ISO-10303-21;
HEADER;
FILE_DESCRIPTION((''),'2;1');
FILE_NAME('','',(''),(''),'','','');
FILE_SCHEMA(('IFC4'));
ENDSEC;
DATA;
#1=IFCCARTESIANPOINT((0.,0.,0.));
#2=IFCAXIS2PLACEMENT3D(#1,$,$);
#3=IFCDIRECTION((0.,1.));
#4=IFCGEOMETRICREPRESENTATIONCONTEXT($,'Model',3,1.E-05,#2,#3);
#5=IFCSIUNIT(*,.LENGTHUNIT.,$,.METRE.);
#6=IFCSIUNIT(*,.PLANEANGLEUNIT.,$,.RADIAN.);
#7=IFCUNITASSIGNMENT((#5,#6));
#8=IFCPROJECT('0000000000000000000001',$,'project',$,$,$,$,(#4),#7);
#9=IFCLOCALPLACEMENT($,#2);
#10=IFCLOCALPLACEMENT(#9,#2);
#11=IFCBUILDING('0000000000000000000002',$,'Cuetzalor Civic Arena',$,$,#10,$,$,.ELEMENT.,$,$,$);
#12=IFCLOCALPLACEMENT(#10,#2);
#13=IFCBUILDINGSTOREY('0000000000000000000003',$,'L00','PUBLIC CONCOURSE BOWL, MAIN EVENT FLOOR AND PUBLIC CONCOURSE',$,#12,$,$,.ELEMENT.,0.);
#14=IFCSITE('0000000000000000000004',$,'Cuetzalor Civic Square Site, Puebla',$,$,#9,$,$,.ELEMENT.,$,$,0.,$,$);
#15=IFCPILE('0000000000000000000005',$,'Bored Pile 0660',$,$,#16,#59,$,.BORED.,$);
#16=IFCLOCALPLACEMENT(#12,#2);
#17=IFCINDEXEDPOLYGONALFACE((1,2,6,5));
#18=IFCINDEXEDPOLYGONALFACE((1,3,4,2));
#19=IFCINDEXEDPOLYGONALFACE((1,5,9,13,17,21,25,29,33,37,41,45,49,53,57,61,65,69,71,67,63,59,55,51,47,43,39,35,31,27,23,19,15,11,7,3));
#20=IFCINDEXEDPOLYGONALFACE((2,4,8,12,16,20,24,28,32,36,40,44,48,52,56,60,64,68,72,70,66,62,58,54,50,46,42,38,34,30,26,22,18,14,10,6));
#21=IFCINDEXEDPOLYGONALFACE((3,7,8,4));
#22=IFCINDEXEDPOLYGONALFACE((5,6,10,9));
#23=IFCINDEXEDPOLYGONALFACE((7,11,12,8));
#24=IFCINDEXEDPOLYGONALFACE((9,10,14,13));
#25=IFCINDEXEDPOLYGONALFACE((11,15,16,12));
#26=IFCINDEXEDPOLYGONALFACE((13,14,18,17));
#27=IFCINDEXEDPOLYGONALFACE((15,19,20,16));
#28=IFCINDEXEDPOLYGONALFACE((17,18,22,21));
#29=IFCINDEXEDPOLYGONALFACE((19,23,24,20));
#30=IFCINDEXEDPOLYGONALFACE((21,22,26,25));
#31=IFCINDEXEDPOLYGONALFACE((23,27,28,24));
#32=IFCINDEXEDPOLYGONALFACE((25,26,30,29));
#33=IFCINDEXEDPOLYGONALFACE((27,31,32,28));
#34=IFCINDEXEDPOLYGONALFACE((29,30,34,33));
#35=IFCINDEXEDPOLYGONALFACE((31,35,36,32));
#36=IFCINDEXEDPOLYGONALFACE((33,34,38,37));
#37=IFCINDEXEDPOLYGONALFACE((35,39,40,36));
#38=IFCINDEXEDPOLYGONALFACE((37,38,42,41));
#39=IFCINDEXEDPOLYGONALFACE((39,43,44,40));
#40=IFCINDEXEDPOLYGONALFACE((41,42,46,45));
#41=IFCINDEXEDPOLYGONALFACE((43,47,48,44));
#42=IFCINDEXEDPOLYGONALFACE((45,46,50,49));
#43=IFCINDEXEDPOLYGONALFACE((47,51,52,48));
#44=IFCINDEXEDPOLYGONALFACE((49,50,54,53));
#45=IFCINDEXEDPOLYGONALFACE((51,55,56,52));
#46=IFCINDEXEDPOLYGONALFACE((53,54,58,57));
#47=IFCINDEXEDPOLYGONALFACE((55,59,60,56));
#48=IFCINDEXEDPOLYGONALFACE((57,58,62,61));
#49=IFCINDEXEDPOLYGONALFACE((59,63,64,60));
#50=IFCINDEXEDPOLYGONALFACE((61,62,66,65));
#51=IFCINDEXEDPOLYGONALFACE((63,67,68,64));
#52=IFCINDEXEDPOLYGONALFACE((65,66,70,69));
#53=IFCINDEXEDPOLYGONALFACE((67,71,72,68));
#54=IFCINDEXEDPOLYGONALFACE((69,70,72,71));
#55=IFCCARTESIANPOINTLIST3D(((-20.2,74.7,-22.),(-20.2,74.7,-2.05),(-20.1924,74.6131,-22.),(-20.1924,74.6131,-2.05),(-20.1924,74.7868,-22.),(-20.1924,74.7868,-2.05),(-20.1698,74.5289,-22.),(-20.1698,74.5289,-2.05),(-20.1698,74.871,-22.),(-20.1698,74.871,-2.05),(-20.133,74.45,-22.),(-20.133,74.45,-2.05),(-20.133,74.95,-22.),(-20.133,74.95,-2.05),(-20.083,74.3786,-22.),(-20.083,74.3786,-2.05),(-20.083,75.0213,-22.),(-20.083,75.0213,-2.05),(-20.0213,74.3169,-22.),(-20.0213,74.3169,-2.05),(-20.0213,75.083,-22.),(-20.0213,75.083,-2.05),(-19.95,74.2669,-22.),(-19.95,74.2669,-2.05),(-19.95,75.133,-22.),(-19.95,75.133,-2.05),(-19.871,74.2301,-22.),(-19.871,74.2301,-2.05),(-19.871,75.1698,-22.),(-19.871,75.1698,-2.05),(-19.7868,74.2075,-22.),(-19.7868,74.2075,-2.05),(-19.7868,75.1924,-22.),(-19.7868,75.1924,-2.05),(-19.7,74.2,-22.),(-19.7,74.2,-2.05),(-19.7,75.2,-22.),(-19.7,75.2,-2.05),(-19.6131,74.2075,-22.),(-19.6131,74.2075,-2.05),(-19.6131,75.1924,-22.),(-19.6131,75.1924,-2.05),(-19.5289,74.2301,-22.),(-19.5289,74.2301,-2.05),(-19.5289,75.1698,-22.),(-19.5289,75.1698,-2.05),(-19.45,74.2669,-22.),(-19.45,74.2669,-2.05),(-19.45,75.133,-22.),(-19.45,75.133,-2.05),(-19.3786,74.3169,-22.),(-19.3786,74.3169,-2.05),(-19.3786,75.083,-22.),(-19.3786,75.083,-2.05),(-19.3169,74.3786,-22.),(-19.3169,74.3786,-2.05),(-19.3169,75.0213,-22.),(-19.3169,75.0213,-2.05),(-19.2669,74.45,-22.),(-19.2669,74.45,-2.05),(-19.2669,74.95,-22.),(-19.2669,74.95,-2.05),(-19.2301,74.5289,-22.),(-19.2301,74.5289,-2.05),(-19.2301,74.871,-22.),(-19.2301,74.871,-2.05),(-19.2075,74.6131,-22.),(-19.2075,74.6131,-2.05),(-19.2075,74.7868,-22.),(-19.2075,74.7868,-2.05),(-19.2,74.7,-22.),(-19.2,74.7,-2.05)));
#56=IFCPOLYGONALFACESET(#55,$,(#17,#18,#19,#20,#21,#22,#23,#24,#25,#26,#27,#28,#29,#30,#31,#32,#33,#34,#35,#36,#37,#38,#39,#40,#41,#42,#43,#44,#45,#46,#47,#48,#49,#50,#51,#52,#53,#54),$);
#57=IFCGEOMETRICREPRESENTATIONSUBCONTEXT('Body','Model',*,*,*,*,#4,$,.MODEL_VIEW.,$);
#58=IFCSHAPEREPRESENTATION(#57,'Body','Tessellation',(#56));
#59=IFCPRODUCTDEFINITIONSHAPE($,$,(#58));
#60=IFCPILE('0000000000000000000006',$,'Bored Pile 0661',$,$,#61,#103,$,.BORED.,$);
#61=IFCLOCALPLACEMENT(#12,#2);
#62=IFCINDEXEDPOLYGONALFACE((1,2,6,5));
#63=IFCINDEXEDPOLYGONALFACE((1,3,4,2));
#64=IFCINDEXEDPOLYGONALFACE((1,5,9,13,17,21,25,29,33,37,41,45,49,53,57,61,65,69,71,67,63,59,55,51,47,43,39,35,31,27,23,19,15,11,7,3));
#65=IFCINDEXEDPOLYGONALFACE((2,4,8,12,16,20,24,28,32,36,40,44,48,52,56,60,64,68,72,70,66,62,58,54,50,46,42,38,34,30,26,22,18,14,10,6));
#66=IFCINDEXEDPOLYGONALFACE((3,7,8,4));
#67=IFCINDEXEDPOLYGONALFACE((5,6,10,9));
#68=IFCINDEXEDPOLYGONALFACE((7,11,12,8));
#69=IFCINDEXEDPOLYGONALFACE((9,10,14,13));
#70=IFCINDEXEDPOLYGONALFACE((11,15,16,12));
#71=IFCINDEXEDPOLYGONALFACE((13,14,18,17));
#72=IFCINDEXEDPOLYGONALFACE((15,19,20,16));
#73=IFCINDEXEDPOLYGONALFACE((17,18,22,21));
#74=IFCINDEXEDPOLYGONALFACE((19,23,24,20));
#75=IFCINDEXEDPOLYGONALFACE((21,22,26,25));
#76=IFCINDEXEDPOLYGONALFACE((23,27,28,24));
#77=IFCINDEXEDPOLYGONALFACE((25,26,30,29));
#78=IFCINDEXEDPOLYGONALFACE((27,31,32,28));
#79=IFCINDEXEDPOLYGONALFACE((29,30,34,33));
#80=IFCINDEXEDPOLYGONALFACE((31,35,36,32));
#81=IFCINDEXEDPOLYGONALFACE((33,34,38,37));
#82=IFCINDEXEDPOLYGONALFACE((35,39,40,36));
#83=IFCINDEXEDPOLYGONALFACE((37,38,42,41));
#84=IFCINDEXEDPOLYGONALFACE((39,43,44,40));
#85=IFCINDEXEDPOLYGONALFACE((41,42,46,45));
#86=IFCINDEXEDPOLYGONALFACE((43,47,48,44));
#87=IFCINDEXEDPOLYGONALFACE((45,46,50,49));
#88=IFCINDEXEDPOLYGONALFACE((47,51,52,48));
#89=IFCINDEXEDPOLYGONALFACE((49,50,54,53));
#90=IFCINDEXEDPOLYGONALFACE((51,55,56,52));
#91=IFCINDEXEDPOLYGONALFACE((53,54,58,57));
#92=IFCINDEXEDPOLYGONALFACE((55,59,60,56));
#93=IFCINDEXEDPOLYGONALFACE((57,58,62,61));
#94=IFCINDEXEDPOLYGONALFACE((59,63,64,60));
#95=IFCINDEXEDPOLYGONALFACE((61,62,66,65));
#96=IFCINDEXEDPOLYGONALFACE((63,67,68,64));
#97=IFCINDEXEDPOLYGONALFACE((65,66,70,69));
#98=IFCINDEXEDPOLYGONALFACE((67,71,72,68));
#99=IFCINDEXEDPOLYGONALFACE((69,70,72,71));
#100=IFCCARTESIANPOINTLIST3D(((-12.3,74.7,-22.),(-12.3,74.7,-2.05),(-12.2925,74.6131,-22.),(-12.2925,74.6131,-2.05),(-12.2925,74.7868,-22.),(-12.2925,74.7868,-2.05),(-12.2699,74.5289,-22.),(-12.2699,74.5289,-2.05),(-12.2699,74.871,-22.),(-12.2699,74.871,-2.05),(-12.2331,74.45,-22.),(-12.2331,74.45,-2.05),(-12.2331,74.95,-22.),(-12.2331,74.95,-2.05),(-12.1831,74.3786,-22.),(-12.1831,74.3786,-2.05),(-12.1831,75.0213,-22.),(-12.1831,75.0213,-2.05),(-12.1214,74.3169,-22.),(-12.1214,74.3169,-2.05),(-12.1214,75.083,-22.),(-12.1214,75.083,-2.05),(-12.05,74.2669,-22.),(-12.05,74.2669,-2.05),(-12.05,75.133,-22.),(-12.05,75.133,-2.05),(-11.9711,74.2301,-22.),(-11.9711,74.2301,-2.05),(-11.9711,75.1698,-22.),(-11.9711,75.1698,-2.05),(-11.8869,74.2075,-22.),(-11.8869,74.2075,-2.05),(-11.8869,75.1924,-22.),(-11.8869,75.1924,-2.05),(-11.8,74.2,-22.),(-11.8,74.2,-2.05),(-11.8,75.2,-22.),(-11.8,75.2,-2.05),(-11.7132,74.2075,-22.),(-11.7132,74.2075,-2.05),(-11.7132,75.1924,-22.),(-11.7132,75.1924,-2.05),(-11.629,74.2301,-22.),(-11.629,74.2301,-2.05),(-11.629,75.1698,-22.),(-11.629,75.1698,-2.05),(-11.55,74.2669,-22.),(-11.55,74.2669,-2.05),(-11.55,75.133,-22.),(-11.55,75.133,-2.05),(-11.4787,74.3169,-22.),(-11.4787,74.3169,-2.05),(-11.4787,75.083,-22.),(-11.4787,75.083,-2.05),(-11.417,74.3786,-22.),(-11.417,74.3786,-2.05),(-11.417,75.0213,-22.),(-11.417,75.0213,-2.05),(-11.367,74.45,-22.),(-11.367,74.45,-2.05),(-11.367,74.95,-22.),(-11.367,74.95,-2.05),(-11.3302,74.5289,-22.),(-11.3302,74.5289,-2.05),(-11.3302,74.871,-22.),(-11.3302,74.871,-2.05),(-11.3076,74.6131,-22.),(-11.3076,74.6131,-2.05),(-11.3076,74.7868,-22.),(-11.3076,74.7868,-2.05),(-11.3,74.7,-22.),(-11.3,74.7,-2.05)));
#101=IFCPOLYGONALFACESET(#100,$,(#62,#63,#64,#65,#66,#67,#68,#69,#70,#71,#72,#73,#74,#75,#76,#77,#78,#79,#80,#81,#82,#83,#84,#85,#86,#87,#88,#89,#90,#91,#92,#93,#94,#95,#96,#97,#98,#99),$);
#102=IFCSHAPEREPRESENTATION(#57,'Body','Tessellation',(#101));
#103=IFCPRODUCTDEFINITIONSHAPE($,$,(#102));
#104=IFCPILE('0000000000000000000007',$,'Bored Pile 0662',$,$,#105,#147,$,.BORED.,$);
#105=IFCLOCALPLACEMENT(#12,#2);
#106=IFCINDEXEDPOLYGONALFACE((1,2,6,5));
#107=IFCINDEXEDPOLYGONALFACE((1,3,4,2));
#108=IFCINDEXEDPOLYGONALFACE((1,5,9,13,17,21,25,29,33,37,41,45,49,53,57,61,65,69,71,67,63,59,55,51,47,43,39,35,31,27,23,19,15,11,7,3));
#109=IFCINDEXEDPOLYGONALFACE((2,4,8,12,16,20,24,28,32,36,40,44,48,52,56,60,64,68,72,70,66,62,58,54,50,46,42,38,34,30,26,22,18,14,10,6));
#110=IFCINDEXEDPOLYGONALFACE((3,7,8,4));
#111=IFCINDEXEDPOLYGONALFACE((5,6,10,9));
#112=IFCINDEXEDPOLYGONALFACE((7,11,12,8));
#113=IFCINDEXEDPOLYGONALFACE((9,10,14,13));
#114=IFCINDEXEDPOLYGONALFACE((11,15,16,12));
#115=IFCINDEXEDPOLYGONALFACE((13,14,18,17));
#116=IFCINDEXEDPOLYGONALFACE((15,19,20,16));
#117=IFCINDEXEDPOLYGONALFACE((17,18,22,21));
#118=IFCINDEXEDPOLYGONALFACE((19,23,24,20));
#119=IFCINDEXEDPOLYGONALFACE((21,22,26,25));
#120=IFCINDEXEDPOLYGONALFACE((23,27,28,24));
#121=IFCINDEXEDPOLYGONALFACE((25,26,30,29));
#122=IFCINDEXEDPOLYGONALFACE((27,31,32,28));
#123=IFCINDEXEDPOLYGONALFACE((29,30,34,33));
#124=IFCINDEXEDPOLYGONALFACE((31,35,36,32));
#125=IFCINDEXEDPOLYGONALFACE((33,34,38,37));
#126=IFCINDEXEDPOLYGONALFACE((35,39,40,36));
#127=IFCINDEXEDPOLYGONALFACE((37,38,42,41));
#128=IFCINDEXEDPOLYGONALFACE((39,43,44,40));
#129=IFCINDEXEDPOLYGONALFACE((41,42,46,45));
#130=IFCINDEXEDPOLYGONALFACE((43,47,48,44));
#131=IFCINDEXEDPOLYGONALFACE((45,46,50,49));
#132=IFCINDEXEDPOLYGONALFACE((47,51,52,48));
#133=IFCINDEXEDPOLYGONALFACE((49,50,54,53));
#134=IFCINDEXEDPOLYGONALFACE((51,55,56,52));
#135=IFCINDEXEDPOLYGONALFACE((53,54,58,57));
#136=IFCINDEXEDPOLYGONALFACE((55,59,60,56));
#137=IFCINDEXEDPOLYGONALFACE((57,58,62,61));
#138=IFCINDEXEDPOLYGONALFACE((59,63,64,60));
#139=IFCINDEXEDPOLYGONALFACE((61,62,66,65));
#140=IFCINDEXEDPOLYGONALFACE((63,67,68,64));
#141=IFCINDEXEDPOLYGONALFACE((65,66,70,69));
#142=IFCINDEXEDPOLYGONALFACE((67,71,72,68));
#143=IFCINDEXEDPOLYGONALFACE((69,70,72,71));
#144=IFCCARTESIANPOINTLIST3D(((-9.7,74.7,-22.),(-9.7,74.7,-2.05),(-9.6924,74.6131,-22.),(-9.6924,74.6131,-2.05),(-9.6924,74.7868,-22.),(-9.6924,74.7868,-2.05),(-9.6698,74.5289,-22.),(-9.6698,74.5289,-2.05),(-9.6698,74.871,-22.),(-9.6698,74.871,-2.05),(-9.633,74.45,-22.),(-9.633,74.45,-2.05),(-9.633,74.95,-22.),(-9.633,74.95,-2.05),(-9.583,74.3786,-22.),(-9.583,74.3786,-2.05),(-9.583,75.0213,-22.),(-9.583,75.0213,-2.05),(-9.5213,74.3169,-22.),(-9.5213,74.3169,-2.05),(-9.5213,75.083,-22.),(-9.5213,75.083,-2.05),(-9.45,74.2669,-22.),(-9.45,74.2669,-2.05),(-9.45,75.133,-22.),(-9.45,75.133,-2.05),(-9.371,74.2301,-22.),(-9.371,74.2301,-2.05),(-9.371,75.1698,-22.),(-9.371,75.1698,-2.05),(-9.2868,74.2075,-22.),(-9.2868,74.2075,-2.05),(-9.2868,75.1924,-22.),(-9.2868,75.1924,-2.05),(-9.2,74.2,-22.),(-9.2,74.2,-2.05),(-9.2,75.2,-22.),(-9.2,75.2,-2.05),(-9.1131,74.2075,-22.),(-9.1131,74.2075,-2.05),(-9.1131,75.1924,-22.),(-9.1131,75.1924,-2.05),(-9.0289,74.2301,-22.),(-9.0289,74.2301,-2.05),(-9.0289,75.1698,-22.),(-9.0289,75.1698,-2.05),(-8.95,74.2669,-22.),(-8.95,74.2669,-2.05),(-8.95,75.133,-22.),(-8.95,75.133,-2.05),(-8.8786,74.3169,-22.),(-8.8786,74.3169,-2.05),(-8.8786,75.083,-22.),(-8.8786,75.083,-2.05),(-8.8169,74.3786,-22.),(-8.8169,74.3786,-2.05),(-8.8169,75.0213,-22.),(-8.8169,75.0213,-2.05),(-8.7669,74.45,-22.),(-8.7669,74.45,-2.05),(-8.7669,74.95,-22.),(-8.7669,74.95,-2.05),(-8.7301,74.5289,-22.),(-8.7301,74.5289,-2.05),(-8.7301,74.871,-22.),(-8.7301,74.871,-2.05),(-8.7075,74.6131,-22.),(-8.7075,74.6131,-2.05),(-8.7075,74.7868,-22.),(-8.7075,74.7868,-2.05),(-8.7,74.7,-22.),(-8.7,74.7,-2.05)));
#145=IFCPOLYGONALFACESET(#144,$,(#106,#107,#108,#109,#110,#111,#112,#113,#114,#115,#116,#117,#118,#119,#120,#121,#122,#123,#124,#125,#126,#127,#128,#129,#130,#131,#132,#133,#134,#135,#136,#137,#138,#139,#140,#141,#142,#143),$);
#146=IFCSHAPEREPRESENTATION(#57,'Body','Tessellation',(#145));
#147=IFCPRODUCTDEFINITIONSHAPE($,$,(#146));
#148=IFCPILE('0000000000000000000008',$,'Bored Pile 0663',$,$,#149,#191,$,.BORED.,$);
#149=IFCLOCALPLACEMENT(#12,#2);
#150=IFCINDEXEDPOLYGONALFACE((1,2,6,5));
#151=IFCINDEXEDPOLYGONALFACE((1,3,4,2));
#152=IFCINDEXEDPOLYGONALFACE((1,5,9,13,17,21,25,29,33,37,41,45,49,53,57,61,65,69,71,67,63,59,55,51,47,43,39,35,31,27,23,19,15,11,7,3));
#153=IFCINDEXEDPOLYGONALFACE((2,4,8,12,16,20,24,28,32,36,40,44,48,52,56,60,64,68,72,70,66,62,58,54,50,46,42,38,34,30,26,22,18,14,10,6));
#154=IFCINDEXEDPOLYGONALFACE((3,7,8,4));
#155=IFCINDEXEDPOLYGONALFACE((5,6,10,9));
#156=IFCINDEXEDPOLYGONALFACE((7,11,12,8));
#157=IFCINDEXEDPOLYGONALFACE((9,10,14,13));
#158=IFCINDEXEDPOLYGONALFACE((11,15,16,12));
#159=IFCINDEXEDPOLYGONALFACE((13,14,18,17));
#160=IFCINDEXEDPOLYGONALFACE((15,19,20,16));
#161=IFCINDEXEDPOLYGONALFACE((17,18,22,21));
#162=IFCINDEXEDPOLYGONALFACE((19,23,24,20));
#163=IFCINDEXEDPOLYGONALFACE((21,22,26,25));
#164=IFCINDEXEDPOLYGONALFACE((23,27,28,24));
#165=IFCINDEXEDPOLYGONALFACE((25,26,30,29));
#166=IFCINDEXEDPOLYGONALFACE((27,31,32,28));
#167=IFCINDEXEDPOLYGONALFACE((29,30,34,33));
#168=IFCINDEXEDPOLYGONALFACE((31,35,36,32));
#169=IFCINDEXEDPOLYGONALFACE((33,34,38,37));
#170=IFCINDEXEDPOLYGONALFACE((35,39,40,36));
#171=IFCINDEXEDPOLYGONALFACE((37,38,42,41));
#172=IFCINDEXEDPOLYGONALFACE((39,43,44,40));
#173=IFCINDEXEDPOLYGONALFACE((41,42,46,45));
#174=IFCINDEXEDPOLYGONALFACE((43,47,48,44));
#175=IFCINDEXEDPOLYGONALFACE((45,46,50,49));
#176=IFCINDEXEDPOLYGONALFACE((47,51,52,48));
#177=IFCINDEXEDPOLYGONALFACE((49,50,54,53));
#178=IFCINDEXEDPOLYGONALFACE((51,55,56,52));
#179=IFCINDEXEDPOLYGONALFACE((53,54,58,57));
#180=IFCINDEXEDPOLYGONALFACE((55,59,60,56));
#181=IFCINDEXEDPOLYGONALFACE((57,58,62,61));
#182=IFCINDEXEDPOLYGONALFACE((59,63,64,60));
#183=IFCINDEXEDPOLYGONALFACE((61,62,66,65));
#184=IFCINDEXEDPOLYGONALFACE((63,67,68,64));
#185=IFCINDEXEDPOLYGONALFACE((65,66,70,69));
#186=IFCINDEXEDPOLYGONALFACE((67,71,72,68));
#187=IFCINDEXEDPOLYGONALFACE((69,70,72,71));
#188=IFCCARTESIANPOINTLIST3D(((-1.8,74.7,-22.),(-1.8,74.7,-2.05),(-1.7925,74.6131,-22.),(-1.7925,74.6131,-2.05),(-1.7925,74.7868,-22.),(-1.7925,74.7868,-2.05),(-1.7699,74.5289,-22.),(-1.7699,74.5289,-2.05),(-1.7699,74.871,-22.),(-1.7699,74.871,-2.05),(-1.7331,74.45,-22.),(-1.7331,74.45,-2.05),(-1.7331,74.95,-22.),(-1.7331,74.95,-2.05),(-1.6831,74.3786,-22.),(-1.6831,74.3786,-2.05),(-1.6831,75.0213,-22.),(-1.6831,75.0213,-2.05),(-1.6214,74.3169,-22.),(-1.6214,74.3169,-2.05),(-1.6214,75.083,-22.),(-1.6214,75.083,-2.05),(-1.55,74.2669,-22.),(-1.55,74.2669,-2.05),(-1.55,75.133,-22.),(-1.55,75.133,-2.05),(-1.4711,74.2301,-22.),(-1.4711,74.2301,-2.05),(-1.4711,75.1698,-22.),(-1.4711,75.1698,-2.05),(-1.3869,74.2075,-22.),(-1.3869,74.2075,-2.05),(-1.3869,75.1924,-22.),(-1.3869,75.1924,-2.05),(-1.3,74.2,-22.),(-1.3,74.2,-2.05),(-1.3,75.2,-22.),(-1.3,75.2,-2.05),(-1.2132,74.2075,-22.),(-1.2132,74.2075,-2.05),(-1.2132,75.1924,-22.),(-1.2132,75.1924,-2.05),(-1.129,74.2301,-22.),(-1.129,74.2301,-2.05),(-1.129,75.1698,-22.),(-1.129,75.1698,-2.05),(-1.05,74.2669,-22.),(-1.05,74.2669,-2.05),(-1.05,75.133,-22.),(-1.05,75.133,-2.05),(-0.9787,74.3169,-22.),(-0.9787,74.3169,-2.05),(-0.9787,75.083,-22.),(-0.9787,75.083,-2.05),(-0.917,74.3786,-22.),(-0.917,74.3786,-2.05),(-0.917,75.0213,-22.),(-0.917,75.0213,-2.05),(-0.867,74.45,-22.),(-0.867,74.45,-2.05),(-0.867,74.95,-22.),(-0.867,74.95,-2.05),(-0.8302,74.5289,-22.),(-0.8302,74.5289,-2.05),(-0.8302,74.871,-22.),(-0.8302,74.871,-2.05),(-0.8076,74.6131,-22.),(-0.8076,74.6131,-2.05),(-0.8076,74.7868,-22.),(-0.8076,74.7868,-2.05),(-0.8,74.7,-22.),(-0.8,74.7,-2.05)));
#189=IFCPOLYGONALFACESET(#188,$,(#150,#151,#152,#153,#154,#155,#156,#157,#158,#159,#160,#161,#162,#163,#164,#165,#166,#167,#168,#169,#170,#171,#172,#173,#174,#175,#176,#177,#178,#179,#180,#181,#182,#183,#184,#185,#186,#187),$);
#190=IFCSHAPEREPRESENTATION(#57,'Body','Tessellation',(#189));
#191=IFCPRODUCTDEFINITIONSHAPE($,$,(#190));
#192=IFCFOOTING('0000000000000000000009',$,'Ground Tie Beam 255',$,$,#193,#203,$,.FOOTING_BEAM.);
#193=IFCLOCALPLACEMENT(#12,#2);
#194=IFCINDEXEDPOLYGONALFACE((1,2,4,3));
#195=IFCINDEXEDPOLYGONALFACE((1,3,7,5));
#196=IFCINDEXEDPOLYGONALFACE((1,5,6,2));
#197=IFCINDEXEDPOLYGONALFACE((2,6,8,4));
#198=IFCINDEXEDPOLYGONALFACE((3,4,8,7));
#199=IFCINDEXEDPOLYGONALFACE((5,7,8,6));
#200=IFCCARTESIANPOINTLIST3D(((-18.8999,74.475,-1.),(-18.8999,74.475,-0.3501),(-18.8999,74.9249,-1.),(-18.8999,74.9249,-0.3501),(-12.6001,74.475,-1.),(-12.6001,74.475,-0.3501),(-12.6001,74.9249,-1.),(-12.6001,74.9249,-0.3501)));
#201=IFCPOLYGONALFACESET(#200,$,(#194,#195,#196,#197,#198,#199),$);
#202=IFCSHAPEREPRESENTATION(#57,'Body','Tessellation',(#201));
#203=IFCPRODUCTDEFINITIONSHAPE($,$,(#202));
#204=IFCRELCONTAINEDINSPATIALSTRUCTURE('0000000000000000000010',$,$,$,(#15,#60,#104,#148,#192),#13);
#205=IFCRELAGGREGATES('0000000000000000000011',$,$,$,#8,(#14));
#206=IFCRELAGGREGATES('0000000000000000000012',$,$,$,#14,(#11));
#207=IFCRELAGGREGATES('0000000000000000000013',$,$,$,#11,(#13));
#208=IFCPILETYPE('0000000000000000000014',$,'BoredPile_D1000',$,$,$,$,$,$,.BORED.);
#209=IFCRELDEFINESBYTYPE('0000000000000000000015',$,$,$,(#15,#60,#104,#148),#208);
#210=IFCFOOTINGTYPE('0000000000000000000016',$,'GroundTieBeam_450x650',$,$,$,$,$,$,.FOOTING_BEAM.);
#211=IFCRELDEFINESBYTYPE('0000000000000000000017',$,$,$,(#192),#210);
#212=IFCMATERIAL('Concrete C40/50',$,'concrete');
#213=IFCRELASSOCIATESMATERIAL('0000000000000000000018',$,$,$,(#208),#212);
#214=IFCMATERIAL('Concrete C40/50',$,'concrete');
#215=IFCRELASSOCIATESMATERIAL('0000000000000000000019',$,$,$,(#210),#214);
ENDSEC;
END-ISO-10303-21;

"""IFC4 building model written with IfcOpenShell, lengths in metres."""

from ifc_helpers import new_model, si_unit, direction, frame, origin, origin_2d, place, context, subcontext, project, spatial, rectangle, circle, extrude, material, material_profile, profile_set, type_object, element, save


model = new_model("IFC4")

# Units and contexts
model_context = context("Model", 3, precision=1e-05, world=origin(), true_north=direction((0.0, 1.0)))
body_context = subcontext(model_context, "Body", "Model", "MODEL_VIEW")
ifc_project = project(units=[si_unit("LENGTHUNIT", "METRE"), si_unit("PLANEANGLEUNIT", "RADIAN")], contexts=[model_context])

# Site, building, storey
site_placement = place(None, origin())
site = spatial("IfcSite", under=ifc_project, at=site_placement, Name="Cuetzalor Civic Square Site, Puebla", CompositionType="ELEMENT", RefElevation=0.0)
building_placement = place(site_placement, origin())
building = spatial("IfcBuilding", under=site, at=building_placement, Name="Cuetzalor Civic Arena", CompositionType="ELEMENT")
storey_placement = place(building_placement, origin())
storey = spatial("IfcBuildingStorey", under=building, at=storey_placement, Name="L00", Description="PUBLIC CONCOURSE BOWL, MAIN EVENT FLOOR AND PUBLIC CONCOURSE", CompositionType="ELEMENT", Elevation=0.0)

# Piles
ifc_material_1 = material(Name="Concrete C40/50", Category="concrete")
ifc_material_profile_1 = material_profile(ifc_material_1, circle(Radius=0.5, at=origin_2d()), Name="BORED PILE D1000")
ifc_profile_set_1 = profile_set([ifc_material_profile_1], Name="Concrete C40/50")
pile_type = type_object("IfcPileType", Name="BoredPile_D1000", PredefinedType="BORED", material=ifc_profile_set_1)
for number, where, z_axis, x_axis, name in (
    (1, (-19.7, 74.7, -2.05), (0.0, 0.0, -1.0), (1.0, 0.0, 0.0), "Bored Pile 0660"),
    (2, (-11.8, 74.7, -2.05), (0.0, 0.0, -1.0), (1.0, 0.0, 0.0), "Bored Pile 0661"),
    (3, (-9.2, 74.7, -2.05), (0.0, 0.0, -1.0), (1.0, 0.0, 0.0), "Bored Pile 0662"),
    (4, (-1.3, 74.7, -2.05), (0.0, 0.0, -1.0), (1.0, 0.0, 0.0), "Bored Pile 0663"),
):
    element("IfcPile", number, at=place(storey_placement, frame(where, z_axis=z_axis, x_axis=x_axis)), inside=storey, type_object=pile_type, Name=name, PredefinedType="BORED", context=body_context, shape_type="SweptSolid", body=[
        extrude(circle(Radius=0.5, at=origin_2d()), origin(), (0.0, 0.0, 1.0), 19.95),
    ])

# Footing
ifc_material_2 = material(Name="Concrete C40/50", Category="concrete")
ifc_material_profile_2 = material_profile(ifc_material_2, rectangle(XDim=0.45, YDim=0.6499, at=origin_2d()), Name="RC 450x650")
ifc_profile_set_2 = profile_set([ifc_material_profile_2], Name="Concrete C40/50")
footing_type_1 = type_object("IfcFootingType", Name="GroundTieBeam_450x650", PredefinedType="FOOTING_BEAM", material=ifc_profile_set_2)
for number, where, z_axis, x_axis, name in (
    (5, (-18.8999, 74.7, -0.675), (1.0, 0.0, 0.0), (0.0, 1.0, 0.0), "Ground Tie Beam 255"),
):
    element("IfcFooting", number, at=place(storey_placement, frame(where, z_axis=z_axis, x_axis=x_axis)), inside=storey, type_object=footing_type_1, Name=name, PredefinedType="FOOTING_BEAM", context=body_context, shape_type="SweptSolid", body=[
        extrude(rectangle(XDim=0.45, YDim=0.6499, at=origin_2d()), origin(), (0.0, 0.0, 1.0), 6.2998),
    ])

save(model, "model.ifc")
